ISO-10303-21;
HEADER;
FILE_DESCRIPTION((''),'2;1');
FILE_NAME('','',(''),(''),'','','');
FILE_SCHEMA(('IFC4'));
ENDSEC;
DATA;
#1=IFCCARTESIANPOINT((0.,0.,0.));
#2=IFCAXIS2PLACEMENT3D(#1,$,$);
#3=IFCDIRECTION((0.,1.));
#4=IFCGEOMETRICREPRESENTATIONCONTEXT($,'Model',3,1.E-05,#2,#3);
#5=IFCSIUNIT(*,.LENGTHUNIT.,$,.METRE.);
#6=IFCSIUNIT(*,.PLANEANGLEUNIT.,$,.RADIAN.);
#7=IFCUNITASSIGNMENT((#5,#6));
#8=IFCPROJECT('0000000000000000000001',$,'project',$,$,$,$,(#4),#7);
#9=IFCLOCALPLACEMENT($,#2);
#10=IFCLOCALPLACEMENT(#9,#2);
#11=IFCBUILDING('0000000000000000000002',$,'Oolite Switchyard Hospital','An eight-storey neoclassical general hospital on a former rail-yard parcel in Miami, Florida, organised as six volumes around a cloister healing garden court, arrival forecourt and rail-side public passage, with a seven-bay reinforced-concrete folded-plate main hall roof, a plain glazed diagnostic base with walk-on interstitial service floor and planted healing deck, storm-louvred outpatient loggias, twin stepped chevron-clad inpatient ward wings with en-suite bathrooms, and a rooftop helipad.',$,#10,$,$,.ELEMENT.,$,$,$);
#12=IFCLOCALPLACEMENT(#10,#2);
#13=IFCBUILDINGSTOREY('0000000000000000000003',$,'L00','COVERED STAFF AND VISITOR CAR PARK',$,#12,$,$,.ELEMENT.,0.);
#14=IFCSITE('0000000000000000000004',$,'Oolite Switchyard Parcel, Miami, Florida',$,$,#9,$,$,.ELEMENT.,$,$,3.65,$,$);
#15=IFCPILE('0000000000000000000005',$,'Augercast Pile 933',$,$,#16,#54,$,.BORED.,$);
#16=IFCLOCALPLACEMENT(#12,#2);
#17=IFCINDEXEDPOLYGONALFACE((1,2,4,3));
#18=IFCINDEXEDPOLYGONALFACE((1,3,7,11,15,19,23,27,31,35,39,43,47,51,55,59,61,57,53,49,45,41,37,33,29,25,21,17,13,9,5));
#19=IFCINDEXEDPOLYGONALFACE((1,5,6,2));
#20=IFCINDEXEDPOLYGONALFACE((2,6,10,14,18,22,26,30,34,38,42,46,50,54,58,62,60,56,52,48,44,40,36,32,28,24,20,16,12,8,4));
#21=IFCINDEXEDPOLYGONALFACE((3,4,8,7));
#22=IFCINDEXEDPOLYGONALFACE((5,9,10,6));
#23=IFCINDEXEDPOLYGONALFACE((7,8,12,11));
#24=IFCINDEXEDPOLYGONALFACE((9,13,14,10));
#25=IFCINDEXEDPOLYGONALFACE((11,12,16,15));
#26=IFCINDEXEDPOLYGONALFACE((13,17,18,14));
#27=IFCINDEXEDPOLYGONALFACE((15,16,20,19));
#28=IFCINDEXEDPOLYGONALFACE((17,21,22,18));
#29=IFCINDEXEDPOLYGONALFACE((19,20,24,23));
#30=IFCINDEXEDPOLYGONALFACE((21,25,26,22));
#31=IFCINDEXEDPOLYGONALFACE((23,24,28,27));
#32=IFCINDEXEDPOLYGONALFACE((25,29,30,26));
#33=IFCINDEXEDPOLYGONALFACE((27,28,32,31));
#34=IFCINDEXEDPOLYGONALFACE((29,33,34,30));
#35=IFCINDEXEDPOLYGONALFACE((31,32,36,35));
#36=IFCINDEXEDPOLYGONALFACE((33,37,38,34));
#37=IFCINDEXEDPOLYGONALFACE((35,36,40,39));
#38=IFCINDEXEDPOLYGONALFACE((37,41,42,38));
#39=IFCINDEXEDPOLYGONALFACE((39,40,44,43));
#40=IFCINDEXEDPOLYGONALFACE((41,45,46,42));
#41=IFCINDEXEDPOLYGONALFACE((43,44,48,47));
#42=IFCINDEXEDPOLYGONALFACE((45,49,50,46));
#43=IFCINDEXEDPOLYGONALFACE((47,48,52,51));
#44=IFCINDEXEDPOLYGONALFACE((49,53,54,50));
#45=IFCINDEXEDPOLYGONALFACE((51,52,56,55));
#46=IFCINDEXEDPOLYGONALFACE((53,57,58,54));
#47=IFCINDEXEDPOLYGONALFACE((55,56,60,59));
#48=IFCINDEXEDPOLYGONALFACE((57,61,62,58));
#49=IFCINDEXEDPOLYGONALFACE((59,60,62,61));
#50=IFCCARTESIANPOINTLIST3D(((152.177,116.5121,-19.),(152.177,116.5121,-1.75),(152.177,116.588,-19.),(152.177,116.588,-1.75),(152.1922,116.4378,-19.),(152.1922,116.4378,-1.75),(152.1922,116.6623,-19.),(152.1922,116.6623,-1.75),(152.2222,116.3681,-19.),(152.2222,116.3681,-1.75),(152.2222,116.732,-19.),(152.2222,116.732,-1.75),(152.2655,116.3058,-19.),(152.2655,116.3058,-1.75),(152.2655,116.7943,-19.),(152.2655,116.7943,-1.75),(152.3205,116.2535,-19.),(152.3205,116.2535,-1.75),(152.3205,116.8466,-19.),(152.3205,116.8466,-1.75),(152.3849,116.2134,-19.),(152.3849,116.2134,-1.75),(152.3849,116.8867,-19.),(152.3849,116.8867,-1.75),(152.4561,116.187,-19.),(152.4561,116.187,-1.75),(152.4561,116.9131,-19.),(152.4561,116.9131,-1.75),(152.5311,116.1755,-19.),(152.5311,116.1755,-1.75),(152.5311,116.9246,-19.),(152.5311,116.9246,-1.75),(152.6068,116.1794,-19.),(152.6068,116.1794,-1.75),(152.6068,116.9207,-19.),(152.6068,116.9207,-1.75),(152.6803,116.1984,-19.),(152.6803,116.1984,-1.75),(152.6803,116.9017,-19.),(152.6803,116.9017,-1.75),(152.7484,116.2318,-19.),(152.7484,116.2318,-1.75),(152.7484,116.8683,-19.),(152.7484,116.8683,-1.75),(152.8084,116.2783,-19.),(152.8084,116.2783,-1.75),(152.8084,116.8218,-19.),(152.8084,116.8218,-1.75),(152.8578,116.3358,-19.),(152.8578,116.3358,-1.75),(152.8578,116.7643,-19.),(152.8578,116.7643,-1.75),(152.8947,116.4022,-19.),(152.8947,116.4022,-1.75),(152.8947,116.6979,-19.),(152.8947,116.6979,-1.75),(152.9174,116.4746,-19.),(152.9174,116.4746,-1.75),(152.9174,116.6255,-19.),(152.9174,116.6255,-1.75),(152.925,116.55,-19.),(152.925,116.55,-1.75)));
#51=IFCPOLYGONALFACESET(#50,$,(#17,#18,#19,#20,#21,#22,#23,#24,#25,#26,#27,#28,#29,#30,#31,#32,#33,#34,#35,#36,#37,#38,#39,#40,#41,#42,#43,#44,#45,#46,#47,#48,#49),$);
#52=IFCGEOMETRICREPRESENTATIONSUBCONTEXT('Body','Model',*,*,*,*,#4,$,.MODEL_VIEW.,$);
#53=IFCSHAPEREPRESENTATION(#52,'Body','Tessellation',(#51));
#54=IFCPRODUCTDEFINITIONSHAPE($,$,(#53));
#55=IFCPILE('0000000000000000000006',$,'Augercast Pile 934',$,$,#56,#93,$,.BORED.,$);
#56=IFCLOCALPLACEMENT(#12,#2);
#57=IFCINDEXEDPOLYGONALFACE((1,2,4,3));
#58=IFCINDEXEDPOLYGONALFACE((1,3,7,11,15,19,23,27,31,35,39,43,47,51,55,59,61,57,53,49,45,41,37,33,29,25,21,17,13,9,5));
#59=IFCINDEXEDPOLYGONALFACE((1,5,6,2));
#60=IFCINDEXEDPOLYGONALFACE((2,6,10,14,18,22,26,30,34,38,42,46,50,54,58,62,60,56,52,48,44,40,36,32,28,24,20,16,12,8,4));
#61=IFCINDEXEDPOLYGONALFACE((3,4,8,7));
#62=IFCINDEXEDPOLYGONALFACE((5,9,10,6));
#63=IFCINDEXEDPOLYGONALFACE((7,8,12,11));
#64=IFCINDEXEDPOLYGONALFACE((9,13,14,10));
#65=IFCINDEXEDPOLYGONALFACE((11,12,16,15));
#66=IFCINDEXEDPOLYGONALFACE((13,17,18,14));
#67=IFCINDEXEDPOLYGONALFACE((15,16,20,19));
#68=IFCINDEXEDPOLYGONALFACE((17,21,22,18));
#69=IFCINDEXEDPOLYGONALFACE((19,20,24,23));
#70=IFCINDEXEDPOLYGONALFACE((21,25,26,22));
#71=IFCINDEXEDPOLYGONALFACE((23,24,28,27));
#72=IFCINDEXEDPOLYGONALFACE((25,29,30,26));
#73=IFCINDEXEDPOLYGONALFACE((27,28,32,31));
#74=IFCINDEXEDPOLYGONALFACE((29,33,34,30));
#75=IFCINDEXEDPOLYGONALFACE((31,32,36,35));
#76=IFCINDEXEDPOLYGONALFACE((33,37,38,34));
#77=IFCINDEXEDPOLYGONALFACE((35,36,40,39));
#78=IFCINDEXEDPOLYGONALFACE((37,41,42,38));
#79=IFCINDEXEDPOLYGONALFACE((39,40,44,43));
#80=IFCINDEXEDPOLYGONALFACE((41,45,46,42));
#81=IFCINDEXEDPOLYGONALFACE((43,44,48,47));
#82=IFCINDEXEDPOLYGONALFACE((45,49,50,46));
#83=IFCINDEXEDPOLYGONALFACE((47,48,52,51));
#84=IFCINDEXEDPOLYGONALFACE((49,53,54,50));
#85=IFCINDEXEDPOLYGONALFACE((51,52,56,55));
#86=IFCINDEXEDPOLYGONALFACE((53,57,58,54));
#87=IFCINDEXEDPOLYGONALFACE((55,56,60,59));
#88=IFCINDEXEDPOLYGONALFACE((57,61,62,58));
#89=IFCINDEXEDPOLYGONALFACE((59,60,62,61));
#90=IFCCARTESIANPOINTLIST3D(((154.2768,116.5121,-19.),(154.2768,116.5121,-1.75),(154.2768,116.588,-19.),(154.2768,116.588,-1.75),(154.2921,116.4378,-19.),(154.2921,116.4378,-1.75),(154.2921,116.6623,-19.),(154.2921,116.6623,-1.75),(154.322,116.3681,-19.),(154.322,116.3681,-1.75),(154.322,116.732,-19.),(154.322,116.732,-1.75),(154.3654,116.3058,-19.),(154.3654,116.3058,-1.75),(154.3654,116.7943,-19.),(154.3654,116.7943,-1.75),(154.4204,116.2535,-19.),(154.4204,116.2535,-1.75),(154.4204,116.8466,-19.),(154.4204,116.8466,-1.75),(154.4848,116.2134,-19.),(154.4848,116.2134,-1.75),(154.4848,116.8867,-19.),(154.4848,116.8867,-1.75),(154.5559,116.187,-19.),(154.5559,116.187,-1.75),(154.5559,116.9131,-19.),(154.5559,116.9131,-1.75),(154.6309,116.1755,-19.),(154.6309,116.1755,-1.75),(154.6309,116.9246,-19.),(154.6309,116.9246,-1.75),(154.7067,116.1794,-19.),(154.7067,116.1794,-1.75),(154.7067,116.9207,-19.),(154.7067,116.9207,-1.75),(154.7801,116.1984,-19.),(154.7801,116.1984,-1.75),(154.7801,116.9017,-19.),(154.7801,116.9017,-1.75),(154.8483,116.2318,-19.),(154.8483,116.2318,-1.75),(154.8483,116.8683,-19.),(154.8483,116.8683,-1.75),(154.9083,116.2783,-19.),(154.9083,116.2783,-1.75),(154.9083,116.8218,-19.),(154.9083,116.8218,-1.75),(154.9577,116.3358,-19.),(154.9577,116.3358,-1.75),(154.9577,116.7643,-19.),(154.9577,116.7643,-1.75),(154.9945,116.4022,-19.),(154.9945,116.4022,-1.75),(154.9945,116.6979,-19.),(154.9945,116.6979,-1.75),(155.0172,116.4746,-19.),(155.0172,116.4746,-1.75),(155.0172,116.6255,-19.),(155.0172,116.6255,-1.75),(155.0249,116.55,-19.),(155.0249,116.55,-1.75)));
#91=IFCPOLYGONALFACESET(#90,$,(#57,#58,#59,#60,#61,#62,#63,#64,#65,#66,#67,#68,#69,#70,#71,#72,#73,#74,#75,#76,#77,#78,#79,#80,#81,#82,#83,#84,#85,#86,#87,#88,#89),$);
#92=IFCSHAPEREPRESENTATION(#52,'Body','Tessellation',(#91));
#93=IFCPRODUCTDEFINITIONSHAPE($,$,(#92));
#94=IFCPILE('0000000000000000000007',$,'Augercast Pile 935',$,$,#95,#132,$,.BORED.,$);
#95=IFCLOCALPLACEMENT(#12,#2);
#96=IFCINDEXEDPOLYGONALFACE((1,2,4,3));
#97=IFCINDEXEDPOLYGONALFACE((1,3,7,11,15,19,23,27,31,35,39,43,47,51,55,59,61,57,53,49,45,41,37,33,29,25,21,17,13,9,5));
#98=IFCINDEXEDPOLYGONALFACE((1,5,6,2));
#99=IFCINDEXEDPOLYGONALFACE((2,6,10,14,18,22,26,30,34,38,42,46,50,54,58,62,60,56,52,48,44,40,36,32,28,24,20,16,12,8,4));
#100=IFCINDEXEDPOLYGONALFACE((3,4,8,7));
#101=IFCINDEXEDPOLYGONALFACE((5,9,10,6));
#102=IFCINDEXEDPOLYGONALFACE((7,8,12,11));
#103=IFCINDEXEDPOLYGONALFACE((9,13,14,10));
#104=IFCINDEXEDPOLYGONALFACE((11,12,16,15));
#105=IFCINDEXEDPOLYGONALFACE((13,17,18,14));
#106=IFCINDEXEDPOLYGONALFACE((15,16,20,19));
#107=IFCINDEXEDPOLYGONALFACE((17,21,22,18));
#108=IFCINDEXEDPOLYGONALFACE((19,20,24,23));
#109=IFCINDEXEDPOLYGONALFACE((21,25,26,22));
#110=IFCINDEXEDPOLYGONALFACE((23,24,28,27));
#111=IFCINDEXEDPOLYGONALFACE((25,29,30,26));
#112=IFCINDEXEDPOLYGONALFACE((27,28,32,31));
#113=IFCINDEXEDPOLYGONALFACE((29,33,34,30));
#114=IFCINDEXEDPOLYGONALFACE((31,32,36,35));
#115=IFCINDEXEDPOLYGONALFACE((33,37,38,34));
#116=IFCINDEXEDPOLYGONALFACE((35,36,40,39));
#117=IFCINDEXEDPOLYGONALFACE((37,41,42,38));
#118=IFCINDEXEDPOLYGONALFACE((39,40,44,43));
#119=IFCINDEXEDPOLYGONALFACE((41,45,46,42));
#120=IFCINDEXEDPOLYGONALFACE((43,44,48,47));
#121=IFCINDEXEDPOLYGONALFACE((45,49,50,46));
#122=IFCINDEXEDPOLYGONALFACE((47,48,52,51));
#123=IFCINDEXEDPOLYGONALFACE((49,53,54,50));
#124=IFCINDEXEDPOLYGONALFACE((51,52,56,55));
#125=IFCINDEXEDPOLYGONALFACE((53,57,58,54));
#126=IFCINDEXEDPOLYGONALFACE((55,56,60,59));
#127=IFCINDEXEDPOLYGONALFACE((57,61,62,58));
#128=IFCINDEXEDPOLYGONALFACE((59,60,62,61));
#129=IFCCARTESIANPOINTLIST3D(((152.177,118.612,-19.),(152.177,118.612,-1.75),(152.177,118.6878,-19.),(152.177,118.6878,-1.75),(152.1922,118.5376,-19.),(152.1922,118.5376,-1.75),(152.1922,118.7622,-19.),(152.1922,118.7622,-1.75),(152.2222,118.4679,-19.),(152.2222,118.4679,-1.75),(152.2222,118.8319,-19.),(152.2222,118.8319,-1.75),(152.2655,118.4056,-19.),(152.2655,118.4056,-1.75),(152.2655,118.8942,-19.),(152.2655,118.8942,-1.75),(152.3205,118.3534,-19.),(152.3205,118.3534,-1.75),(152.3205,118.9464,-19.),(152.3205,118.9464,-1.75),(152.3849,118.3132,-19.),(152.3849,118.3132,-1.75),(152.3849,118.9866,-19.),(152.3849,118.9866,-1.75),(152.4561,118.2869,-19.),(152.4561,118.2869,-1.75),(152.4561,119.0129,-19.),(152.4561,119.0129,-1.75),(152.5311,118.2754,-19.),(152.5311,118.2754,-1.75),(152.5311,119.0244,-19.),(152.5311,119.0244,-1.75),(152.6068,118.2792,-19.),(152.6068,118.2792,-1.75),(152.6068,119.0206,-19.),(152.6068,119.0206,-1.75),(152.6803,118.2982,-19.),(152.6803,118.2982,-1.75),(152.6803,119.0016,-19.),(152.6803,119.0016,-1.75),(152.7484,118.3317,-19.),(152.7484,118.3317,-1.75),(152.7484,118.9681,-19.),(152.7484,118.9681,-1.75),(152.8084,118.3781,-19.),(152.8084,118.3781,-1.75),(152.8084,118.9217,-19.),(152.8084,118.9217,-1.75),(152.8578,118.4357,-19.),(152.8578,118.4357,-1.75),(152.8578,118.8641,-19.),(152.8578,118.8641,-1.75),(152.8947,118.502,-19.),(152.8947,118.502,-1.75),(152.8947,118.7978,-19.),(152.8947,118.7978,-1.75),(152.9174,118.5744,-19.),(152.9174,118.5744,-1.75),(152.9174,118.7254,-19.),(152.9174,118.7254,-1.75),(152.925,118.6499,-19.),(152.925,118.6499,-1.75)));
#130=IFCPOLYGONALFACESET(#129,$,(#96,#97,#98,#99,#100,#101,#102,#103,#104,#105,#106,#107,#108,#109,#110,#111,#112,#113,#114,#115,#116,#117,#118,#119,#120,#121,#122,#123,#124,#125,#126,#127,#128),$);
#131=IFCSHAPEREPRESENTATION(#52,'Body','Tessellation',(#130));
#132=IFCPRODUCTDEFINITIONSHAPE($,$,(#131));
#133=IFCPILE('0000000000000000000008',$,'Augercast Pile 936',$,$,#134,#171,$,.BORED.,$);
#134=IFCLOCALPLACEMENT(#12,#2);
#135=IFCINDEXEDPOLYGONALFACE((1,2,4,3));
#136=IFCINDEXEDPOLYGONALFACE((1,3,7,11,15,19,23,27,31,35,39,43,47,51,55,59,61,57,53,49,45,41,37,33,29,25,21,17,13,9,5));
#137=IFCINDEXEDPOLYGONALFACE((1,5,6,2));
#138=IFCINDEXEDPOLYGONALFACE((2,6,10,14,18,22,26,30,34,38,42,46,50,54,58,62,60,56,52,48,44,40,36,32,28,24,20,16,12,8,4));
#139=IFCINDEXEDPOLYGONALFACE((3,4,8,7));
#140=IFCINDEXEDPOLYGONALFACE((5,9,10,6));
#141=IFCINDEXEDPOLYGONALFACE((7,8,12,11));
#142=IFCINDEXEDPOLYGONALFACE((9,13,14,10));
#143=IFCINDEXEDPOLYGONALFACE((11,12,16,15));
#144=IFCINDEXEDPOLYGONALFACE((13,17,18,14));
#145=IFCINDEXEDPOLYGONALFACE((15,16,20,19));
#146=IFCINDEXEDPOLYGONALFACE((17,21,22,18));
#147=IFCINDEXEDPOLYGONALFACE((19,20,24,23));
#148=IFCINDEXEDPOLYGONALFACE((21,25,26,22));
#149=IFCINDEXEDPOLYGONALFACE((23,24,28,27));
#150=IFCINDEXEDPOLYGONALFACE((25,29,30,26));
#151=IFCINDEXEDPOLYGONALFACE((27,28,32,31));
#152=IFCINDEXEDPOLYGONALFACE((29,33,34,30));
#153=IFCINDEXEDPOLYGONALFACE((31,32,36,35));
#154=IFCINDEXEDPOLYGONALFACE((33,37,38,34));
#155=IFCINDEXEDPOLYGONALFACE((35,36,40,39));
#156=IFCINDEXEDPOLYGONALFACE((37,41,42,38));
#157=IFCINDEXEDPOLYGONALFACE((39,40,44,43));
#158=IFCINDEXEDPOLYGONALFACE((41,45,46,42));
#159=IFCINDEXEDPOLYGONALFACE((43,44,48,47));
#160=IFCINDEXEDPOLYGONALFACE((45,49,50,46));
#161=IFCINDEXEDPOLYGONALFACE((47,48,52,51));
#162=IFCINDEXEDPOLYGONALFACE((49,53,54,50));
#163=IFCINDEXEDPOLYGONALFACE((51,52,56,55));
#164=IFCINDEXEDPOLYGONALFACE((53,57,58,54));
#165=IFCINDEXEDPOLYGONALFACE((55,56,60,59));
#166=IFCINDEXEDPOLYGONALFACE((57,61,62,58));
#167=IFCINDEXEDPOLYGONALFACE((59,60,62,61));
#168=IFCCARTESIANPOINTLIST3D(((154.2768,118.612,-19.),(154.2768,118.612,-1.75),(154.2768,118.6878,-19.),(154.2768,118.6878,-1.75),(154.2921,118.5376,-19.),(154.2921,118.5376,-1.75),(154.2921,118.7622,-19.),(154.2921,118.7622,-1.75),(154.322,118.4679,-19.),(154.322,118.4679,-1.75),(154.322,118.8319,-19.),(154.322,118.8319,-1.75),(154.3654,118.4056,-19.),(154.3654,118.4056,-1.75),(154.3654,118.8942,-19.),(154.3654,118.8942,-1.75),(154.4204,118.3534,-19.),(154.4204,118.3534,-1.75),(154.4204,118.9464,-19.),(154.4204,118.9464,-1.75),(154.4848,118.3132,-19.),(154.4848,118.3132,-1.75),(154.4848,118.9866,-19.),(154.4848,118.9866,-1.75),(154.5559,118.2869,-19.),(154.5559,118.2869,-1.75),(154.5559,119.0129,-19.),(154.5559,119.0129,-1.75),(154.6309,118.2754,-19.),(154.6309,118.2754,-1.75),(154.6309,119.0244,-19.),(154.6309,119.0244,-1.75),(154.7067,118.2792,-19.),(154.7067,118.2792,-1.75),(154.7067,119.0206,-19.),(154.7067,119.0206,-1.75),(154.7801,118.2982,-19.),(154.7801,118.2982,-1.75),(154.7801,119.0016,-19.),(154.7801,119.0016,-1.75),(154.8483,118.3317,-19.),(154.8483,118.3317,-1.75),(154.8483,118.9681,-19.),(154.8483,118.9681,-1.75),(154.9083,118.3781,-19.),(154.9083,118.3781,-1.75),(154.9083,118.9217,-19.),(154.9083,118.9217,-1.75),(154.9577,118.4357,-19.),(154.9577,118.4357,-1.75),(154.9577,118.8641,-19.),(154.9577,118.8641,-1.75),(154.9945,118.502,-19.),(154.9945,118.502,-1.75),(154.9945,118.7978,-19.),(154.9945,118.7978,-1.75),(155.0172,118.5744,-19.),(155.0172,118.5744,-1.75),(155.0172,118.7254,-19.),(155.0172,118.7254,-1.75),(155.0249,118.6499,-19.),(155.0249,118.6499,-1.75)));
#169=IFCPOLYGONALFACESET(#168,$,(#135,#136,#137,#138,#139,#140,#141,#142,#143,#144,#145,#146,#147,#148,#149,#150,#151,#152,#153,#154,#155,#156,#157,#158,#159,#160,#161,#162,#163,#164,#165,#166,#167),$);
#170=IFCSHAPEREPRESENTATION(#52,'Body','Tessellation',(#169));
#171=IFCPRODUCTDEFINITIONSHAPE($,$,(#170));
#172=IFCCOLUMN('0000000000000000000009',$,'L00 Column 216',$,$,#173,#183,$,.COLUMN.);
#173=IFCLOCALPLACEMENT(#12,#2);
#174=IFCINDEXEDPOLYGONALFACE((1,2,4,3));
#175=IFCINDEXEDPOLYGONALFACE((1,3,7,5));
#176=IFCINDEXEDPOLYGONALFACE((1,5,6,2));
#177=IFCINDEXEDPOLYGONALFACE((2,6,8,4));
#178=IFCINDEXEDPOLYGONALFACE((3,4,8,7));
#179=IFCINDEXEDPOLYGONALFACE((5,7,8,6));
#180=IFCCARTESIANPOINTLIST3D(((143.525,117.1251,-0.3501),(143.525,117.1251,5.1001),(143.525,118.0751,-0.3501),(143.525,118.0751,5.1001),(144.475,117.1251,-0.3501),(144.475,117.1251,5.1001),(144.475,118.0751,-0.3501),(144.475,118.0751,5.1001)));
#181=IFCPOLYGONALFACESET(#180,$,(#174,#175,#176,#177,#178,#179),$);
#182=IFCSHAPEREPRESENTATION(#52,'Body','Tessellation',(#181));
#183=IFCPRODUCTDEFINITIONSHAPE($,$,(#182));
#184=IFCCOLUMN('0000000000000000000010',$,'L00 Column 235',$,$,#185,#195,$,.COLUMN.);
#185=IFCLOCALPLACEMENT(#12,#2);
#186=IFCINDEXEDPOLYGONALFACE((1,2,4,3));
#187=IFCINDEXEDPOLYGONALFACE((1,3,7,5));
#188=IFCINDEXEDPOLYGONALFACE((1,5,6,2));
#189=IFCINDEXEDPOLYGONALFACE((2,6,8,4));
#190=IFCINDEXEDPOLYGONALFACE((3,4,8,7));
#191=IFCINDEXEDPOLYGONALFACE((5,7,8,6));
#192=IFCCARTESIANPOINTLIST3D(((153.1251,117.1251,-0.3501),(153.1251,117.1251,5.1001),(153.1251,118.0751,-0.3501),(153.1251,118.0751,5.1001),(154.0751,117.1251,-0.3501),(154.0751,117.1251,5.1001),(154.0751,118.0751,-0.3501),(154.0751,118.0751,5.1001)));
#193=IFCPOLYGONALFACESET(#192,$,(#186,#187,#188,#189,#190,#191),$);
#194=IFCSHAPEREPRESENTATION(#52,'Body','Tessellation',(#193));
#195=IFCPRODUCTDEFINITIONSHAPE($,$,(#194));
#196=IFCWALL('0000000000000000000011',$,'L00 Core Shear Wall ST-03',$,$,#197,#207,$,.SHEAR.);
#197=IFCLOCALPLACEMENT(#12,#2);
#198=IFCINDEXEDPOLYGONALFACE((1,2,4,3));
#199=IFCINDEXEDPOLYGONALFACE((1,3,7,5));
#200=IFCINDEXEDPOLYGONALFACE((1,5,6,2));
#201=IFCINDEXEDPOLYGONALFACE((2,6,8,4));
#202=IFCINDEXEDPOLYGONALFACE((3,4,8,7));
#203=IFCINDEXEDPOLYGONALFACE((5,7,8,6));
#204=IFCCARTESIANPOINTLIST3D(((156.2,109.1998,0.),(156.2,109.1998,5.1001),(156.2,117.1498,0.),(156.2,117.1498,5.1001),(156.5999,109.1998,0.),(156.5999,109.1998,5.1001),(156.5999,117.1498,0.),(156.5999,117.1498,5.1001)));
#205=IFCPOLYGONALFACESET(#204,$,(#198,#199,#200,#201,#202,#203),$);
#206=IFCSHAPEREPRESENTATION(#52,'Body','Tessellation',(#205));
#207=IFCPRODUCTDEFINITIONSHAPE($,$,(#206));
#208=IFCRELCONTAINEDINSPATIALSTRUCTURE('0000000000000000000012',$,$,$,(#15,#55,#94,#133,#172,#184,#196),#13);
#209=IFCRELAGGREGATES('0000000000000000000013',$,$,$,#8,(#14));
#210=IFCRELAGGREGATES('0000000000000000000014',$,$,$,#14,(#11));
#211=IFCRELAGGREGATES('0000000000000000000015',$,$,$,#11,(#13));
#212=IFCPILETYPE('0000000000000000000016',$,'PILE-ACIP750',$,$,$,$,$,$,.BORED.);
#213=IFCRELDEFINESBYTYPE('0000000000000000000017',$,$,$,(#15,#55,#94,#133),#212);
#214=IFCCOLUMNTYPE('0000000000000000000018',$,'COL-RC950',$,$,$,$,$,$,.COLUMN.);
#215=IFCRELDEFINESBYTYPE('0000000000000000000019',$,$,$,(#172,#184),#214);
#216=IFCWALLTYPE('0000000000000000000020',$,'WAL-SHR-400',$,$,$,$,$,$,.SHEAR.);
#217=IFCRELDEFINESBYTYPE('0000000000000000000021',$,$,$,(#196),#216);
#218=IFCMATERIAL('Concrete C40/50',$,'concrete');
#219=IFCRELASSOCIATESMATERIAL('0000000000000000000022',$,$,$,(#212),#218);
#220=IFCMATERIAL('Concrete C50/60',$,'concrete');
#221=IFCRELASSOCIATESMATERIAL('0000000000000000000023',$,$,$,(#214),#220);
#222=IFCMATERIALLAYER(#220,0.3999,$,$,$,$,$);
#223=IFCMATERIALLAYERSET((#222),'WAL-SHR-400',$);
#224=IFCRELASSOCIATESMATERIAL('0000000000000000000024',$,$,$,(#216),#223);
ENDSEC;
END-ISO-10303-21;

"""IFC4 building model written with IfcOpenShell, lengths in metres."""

from ifc_helpers import new_model, si_unit, direction, frame, frame_2d, origin, origin_2d, place, context, subcontext, project, spatial, rectangle, circle, extrude, material, layer, layer_set, material_profile, profile_set, type_object, element, save


model = new_model("IFC4")

# Units and contexts
model_context = context("Model", 3, precision=1e-05, world=origin(), true_north=direction((0.0, 1.0)))
body_context = subcontext(model_context, "Body", "Model", "MODEL_VIEW")
ifc_project = project(units=[si_unit("LENGTHUNIT", "METRE"), si_unit("PLANEANGLEUNIT", "RADIAN")], contexts=[model_context])

# Site, building, storey
site_placement = place(None, origin())
site = spatial("IfcSite", under=ifc_project, at=site_placement, Name="Oolite Switchyard Parcel, Miami, Florida", CompositionType="ELEMENT", RefElevation=3.65)
building_placement = place(site_placement, origin())
building = spatial("IfcBuilding", under=site, at=building_placement, Name="Oolite Switchyard Hospital", Description="An eight-storey neoclassical general hospital on a former rail-yard parcel in Miami, Florida, organised as six volumes around a cloister healing garden court, arrival forecourt and rail-side public passage, with a seven-bay reinforced-concrete folded-plate main hall roof, a plain glazed diagnostic base with walk-on interstitial service floor and planted healing deck, storm-louvred outpatient loggias, twin stepped chevron-clad inpatient ward wings with en-suite bathrooms, and a rooftop helipad.", CompositionType="ELEMENT")
storey_placement = place(building_placement, origin())
storey = spatial("IfcBuildingStorey", under=building, at=storey_placement, Name="L00", Description="COVERED STAFF AND VISITOR CAR PARK", CompositionType="ELEMENT", Elevation=0.0)

# Shared definitions
ifc_material_1 = material(Name="Concrete C40/50", Category="concrete")

# Piles
ifc_material_profile_1 = material_profile(ifc_material_1, circle(Radius=0.375, at=origin_2d()), Name="PILE750")
ifc_profile_set_1 = profile_set([ifc_material_profile_1], Name="Concrete C40/50")
pile_type = type_object("IfcPileType", Name="PILE-ACIP750", PredefinedType="BORED", material=ifc_profile_set_1)
for number, where, z_axis, x_axis, name in (
    (1, (152.55, 116.55, -1.75), (0.0, 0.0, -1.0), (1.0, 0.0, 0.0), "Augercast Pile 933"),
    (2, (154.6499, 116.55, -1.75), (0.0, 0.0, -1.0), (1.0, 0.0, 0.0), "Augercast Pile 934"),
    (3, (152.55, 118.6499, -1.75), (0.0, 0.0, -1.0), (1.0, 0.0, 0.0), "Augercast Pile 935"),
    (4, (154.6499, 118.6499, -1.75), (0.0, 0.0, -1.0), (1.0, 0.0, 0.0), "Augercast Pile 936"),
):
    element("IfcPile", number, at=place(storey_placement, frame(where, z_axis=z_axis, x_axis=x_axis)), inside=storey, type_object=pile_type, Name=name, PredefinedType="BORED", context=body_context, shape_type="SweptSolid", body=[
        extrude(circle(Radius=0.375, at=origin_2d()), origin(), (0.0, 0.0, 1.0), 17.25),
    ])

# Columns
ifc_material_2 = material(Name="Concrete C50/60", Category="concrete")
ifc_material_profile_2 = material_profile(ifc_material_2, rectangle(XDim=0.95, YDim=0.95, at=origin_2d()), Name="RC950X950")
ifc_profile_set_2 = profile_set([ifc_material_profile_2], Name="Concrete C50/60")
column_type = type_object("IfcColumnType", Name="COL-RC950", PredefinedType="COLUMN", material=ifc_profile_set_2)
for number, where, z_axis, x_axis, name in (
    (5, (144.0, 117.6001, -0.3501), (0.0, 0.0, 1.0), (1.0, 0.0, 0.0), "L00 Column 216"),
    (6, (153.6001, 117.6001, -0.3501), (0.0, 0.0, 1.0), (1.0, 0.0, 0.0), "L00 Column 235"),
):
    element("IfcColumn", number, at=place(storey_placement, frame(where, z_axis=z_axis, x_axis=x_axis)), inside=storey, type_object=column_type, Name=name, PredefinedType="COLUMN", context=body_context, shape_type="SweptSolid", body=[
        extrude(rectangle(XDim=0.95, YDim=0.95, at=origin_2d()), origin(), (0.0, 0.0, 1.0), 5.4502),
    ])

# Wall
ifc_layer_1 = layer(ifc_material_2, 0.3999)
ifc_layer_set_1 = layer_set([ifc_layer_1], Name="WAL-SHR-400")
wall_type_1 = type_object("IfcWallType", Name="WAL-SHR-400", PredefinedType="SHEAR", material=ifc_layer_set_1)
wall_1_placement = place(storey_placement, frame((156.3999, 117.1499, 0.0), z_axis=(0.0, 0.0, 1.0), x_axis=(0.0, -1.0, 0.0)))
element("IfcWall", 7, at=wall_1_placement, inside=storey, type_object=wall_type_1, Name="L00 Core Shear Wall ST-03", PredefinedType="SHEAR", context=body_context, shape_type="SweptSolid", body=[
    extrude(rectangle(XDim=7.95, YDim=0.3999, at=frame_2d((3.9751, 0.0))), origin(), (0.0, 0.0, 1.0), 5.1001),
])

save(model, "model.ifc")
